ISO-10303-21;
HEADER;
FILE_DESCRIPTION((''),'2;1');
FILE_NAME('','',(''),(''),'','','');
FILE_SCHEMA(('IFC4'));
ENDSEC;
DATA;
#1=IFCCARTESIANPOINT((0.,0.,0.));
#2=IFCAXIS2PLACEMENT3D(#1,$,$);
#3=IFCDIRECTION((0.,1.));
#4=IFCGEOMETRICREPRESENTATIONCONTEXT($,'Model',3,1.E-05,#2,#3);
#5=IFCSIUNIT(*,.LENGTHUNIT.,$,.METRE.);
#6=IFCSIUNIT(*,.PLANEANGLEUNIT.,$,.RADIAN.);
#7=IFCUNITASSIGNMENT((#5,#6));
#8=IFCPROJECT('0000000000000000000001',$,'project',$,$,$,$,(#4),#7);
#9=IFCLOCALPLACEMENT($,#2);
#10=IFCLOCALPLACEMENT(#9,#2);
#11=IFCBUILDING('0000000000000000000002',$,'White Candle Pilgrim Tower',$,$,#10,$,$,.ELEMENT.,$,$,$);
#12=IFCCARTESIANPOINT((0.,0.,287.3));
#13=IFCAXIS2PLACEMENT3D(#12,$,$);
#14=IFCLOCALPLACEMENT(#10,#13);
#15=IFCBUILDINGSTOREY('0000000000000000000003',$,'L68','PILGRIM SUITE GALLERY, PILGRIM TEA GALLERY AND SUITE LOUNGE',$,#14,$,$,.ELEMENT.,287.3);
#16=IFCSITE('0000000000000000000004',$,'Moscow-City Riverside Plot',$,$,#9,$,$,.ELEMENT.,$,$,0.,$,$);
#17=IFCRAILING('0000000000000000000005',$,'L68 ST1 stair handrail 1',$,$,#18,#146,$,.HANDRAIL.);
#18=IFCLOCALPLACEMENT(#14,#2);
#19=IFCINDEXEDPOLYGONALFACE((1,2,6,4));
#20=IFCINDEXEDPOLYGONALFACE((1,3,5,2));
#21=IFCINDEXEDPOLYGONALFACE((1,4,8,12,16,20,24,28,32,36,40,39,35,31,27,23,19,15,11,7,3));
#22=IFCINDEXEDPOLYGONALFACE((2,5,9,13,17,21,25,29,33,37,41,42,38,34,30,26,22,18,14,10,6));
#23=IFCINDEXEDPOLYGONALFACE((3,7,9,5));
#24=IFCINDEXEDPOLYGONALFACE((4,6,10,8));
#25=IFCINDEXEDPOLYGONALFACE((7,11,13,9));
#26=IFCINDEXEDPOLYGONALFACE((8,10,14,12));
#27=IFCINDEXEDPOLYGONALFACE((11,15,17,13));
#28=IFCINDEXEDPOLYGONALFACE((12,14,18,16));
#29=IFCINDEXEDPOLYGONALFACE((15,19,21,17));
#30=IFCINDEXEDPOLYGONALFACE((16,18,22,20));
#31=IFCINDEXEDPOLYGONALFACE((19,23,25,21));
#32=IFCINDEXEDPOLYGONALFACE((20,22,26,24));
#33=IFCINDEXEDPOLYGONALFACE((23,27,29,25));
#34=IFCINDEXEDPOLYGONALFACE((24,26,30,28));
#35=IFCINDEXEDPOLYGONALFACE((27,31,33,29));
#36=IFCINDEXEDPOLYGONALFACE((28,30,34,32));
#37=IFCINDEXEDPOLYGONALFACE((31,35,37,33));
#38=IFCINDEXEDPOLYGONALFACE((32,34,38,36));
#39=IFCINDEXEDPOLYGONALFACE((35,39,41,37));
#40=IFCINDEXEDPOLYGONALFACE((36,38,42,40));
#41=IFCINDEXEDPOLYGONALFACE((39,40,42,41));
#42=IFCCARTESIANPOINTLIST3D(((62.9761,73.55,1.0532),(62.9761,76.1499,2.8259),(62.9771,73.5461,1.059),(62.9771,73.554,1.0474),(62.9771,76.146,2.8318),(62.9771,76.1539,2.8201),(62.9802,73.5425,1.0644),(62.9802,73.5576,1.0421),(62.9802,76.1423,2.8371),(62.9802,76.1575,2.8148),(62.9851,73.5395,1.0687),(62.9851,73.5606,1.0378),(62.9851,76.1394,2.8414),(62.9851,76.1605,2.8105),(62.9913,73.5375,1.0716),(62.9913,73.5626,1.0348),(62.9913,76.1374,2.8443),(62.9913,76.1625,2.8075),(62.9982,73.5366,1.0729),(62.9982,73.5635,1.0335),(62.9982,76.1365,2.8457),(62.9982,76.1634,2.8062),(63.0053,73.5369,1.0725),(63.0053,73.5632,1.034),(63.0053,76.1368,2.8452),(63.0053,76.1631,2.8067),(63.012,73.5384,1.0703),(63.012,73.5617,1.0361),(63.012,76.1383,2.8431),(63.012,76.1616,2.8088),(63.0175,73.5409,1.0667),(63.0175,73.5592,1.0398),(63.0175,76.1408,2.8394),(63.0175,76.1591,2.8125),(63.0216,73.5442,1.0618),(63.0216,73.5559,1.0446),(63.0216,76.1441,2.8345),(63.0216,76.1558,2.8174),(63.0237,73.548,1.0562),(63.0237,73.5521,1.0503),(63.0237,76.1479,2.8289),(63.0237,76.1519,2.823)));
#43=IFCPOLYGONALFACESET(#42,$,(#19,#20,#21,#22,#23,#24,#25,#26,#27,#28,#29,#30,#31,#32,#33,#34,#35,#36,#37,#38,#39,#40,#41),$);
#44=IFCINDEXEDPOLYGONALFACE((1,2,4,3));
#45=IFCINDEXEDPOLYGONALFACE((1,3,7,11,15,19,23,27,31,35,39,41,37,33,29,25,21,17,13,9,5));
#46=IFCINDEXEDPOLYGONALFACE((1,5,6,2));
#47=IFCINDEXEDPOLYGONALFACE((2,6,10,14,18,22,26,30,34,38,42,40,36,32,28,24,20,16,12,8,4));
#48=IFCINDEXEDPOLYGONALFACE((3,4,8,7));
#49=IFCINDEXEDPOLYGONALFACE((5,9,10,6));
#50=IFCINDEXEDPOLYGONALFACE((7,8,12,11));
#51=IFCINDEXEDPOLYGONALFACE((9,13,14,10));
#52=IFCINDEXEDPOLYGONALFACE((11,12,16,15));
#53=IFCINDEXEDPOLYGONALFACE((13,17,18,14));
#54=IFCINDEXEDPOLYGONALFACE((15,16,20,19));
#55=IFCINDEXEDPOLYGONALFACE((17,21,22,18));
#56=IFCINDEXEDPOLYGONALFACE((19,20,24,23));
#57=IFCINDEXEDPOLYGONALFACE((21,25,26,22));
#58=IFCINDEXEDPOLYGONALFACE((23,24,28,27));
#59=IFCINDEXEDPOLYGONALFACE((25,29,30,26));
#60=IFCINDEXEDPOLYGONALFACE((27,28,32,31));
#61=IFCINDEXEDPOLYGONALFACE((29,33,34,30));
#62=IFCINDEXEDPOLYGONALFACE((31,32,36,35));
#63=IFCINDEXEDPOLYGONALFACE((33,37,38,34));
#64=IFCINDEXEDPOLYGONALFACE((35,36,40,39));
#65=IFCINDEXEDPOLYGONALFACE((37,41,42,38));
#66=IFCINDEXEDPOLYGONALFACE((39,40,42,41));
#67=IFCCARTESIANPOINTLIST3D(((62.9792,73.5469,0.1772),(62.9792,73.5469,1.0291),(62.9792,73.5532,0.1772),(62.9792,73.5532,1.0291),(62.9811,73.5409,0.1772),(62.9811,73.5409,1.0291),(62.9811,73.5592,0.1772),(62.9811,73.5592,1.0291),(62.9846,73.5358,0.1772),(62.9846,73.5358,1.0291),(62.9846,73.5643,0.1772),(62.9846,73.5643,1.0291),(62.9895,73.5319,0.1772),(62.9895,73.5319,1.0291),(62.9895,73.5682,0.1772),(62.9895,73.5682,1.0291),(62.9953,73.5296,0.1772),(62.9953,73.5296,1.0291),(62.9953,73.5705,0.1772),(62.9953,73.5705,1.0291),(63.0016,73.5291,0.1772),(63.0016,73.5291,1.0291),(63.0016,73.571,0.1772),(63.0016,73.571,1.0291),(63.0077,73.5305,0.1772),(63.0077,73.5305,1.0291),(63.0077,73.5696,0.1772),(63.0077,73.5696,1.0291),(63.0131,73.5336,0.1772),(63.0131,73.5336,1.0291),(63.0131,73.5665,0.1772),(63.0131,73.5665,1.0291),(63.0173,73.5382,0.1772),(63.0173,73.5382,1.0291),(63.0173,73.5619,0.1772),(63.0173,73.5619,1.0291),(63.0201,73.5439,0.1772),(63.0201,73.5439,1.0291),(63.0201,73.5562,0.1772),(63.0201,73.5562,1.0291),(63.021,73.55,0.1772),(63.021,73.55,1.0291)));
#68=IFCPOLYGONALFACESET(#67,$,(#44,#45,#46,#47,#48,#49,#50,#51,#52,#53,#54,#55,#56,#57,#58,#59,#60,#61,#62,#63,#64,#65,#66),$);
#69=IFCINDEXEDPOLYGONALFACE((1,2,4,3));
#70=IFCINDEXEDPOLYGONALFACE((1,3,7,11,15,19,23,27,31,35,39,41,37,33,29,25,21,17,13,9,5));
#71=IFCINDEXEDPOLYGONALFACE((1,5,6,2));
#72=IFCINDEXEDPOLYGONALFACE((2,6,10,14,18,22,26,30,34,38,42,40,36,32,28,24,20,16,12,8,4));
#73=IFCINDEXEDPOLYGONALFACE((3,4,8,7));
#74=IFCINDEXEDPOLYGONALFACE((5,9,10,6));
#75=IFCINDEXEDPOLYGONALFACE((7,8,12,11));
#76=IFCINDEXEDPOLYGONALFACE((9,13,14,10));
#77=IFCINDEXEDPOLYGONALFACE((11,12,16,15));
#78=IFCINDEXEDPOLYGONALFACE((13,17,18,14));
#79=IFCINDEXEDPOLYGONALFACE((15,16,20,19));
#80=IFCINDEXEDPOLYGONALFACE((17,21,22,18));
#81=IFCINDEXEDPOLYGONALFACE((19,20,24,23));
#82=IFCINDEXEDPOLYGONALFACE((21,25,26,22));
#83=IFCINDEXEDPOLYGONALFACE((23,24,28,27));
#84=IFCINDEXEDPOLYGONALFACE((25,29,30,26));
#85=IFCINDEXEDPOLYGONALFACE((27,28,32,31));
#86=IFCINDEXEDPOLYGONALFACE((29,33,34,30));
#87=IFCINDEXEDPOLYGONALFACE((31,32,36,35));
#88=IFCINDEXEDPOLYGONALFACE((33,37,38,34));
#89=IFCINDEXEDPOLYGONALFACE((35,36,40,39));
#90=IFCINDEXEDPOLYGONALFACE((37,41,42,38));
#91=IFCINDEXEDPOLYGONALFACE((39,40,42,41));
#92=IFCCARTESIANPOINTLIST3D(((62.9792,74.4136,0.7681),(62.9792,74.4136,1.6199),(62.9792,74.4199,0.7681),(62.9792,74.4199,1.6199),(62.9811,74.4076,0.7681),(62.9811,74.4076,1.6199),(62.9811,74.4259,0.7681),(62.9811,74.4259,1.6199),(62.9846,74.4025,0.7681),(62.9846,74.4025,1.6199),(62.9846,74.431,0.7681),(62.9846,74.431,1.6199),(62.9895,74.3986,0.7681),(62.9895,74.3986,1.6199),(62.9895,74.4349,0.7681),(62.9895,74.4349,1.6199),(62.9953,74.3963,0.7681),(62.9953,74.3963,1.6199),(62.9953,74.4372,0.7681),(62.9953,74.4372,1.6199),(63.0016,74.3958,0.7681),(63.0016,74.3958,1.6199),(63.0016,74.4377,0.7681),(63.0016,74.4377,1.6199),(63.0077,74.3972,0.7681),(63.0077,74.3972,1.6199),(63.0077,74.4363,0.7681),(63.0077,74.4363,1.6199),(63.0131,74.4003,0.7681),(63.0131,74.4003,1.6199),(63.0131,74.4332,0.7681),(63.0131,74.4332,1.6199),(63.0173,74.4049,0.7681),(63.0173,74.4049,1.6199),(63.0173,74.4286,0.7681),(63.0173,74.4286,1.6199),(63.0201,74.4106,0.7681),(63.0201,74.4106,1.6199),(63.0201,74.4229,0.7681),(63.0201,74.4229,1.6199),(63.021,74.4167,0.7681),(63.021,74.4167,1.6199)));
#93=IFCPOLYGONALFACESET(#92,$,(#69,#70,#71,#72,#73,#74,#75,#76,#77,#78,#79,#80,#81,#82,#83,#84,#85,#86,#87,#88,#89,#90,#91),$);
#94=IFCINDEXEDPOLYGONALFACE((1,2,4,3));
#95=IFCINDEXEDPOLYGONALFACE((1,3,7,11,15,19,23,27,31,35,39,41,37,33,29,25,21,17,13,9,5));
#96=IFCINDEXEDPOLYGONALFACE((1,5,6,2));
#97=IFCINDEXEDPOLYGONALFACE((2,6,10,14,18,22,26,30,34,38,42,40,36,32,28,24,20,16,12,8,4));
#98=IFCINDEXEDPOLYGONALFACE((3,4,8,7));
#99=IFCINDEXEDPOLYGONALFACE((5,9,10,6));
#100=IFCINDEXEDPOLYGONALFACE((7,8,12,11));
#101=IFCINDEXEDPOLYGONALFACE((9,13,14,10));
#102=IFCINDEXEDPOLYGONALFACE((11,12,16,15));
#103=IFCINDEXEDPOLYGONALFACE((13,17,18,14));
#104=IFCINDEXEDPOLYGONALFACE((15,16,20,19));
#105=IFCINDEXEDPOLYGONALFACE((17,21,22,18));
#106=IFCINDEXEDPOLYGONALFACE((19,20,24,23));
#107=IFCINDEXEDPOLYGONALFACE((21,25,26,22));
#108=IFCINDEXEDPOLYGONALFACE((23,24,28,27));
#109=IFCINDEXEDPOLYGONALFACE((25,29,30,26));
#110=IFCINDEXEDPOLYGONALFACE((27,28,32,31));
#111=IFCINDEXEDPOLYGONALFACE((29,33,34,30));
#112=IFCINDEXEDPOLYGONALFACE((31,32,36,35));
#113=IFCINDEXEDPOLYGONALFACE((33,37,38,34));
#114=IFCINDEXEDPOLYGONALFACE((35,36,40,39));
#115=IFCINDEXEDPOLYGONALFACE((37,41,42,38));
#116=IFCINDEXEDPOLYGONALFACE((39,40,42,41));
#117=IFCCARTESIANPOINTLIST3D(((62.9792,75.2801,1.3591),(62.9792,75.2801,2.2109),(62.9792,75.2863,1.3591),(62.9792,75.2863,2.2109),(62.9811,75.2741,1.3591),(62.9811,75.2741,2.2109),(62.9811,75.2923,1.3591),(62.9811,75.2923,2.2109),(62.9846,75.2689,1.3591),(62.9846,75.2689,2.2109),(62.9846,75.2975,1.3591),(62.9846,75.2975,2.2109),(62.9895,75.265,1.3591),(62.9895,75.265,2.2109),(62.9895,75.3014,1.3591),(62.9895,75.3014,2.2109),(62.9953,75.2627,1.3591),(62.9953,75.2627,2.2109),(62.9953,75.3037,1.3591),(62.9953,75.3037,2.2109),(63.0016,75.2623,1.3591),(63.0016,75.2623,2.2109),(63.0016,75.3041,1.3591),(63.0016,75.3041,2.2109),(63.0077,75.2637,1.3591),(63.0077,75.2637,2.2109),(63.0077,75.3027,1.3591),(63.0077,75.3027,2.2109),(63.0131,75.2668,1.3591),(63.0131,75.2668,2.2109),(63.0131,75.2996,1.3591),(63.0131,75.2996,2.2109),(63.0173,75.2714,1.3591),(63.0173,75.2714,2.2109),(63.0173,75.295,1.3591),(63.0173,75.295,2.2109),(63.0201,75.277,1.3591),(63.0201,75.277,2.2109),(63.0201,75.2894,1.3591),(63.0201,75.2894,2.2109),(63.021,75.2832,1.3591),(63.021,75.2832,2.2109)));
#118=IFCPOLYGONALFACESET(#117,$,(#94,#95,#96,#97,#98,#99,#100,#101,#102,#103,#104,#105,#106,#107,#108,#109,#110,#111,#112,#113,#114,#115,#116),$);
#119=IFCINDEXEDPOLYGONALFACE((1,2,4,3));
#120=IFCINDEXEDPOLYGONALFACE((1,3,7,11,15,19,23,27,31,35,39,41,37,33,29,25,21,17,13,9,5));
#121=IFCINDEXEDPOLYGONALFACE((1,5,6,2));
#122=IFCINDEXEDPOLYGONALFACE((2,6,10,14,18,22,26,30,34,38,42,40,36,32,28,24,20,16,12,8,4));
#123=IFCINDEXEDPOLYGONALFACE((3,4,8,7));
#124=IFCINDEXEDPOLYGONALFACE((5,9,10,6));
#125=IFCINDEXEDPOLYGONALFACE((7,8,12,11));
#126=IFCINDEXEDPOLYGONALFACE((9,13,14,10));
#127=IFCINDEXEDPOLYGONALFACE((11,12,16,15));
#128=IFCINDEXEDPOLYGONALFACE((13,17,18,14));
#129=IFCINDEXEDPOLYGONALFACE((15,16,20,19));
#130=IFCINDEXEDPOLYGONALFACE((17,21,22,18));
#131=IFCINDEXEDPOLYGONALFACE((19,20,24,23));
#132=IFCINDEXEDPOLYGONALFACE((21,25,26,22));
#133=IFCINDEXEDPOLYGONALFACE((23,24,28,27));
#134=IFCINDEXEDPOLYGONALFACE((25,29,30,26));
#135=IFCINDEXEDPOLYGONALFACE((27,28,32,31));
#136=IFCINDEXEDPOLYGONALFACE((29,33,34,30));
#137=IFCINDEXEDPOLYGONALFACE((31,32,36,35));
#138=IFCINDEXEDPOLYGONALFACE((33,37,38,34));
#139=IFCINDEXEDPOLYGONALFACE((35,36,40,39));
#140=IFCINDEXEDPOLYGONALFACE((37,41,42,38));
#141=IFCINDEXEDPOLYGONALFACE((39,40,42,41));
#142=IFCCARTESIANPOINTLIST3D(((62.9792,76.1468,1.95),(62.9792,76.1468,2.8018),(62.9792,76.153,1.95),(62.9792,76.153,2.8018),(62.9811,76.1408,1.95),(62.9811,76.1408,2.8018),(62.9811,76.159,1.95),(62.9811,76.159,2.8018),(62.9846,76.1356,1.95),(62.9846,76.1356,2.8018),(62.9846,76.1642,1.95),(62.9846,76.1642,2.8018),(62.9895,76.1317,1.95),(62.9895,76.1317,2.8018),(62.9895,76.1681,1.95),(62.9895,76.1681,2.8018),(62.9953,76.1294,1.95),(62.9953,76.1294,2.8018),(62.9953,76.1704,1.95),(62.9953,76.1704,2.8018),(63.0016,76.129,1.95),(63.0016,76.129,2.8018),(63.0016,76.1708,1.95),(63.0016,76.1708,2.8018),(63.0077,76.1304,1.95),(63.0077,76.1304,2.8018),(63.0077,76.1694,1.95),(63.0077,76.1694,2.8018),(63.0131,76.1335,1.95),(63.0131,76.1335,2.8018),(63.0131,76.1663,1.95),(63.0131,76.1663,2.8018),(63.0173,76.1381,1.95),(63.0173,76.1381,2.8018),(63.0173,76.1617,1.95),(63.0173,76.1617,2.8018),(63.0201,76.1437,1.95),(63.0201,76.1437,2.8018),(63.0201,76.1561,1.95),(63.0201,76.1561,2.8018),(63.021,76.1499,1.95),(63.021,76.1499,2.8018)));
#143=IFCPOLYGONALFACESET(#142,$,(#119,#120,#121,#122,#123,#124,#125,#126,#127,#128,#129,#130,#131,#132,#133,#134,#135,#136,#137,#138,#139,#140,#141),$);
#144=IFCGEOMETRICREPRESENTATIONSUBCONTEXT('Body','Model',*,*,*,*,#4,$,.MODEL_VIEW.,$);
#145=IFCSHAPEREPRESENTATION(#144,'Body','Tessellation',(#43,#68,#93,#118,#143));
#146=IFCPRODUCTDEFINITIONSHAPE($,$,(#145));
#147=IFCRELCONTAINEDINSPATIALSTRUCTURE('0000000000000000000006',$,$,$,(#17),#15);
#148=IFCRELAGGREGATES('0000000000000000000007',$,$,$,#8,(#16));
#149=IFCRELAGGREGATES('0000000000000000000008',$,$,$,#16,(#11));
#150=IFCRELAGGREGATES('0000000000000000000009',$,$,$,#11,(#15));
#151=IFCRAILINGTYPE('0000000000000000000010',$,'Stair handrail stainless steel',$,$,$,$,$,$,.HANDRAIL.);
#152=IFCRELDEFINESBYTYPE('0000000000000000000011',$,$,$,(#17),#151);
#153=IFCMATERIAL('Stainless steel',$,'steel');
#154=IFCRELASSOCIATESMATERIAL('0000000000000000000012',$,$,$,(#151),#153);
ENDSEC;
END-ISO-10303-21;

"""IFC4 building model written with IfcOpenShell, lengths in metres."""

from ifc_helpers import new_model, si_unit, direction, frame, origin, origin_2d, place, context, subcontext, project, spatial, circle, extrude, material, type_object, element, save


model = new_model("IFC4")

# Units and contexts
model_context = context("Model", 3, precision=1e-05, world=origin(), true_north=direction((0.0, 1.0)))
body_context = subcontext(model_context, "Body", "Model", "MODEL_VIEW")
ifc_project = project(units=[si_unit("LENGTHUNIT", "METRE"), si_unit("PLANEANGLEUNIT", "RADIAN")], contexts=[model_context])

# Site, building, storey
site_placement = place(None, origin())
site = spatial("IfcSite", under=ifc_project, at=site_placement, Name="Moscow-City Riverside Plot", CompositionType="ELEMENT", RefElevation=0.0)
building_placement = place(site_placement, origin())
building = spatial("IfcBuilding", under=site, at=building_placement, Name="White Candle Pilgrim Tower", CompositionType="ELEMENT")
storey_placement = place(building_placement, frame((0.0, 0.0, 287.3)))
storey = spatial("IfcBuildingStorey", under=building, at=storey_placement, Name="L68", Description="PILGRIM SUITE GALLERY, PILGRIM TEA GALLERY AND SUITE LOUNGE", CompositionType="ELEMENT", Elevation=287.3)

# Railing
ifc_material_1 = material(Name="Stainless steel", Category="steel")
railing_type_1 = type_object("IfcRailingType", Name="Stair handrail stainless steel", PredefinedType="HANDRAIL", material=ifc_material_1)
railing_1_placement = place(storey_placement, frame((63.0, 73.55, 0.1772)))
element("IfcRailing", 1, at=railing_1_placement, inside=storey, type_object=railing_type_1, Name="L68 ST1 stair handrail 1", PredefinedType="HANDRAIL", context=body_context, shape_type="SweptSolid", body=[
    extrude(circle(Radius=0.0239, at=origin_2d()), frame((0.0, 0.0, 0.876), z_axis=(0.0, 0.826216, 0.563354), x_axis=(-1.0, 0.0, 0.0)), (0.0, 0.0, 1.0), 3.1467),
    extrude(circle(Radius=0.021, at=origin_2d()), origin(), (0.0, 0.0, 1.0), 0.8518),
    extrude(circle(Radius=0.021, at=origin_2d()), frame((0.0, 0.8667, 0.5908)), (0.0, 0.0, 1.0), 0.8518),
    extrude(circle(Radius=0.021, at=origin_2d()), frame((0.0, 1.7332, 1.1819)), (0.0, 0.0, 1.0), 0.8518),
    extrude(circle(Radius=0.021, at=origin_2d()), frame((0.0, 2.5999, 1.7727)), (0.0, 0.0, 1.0), 0.8518),
])

save(model, "model.ifc")
